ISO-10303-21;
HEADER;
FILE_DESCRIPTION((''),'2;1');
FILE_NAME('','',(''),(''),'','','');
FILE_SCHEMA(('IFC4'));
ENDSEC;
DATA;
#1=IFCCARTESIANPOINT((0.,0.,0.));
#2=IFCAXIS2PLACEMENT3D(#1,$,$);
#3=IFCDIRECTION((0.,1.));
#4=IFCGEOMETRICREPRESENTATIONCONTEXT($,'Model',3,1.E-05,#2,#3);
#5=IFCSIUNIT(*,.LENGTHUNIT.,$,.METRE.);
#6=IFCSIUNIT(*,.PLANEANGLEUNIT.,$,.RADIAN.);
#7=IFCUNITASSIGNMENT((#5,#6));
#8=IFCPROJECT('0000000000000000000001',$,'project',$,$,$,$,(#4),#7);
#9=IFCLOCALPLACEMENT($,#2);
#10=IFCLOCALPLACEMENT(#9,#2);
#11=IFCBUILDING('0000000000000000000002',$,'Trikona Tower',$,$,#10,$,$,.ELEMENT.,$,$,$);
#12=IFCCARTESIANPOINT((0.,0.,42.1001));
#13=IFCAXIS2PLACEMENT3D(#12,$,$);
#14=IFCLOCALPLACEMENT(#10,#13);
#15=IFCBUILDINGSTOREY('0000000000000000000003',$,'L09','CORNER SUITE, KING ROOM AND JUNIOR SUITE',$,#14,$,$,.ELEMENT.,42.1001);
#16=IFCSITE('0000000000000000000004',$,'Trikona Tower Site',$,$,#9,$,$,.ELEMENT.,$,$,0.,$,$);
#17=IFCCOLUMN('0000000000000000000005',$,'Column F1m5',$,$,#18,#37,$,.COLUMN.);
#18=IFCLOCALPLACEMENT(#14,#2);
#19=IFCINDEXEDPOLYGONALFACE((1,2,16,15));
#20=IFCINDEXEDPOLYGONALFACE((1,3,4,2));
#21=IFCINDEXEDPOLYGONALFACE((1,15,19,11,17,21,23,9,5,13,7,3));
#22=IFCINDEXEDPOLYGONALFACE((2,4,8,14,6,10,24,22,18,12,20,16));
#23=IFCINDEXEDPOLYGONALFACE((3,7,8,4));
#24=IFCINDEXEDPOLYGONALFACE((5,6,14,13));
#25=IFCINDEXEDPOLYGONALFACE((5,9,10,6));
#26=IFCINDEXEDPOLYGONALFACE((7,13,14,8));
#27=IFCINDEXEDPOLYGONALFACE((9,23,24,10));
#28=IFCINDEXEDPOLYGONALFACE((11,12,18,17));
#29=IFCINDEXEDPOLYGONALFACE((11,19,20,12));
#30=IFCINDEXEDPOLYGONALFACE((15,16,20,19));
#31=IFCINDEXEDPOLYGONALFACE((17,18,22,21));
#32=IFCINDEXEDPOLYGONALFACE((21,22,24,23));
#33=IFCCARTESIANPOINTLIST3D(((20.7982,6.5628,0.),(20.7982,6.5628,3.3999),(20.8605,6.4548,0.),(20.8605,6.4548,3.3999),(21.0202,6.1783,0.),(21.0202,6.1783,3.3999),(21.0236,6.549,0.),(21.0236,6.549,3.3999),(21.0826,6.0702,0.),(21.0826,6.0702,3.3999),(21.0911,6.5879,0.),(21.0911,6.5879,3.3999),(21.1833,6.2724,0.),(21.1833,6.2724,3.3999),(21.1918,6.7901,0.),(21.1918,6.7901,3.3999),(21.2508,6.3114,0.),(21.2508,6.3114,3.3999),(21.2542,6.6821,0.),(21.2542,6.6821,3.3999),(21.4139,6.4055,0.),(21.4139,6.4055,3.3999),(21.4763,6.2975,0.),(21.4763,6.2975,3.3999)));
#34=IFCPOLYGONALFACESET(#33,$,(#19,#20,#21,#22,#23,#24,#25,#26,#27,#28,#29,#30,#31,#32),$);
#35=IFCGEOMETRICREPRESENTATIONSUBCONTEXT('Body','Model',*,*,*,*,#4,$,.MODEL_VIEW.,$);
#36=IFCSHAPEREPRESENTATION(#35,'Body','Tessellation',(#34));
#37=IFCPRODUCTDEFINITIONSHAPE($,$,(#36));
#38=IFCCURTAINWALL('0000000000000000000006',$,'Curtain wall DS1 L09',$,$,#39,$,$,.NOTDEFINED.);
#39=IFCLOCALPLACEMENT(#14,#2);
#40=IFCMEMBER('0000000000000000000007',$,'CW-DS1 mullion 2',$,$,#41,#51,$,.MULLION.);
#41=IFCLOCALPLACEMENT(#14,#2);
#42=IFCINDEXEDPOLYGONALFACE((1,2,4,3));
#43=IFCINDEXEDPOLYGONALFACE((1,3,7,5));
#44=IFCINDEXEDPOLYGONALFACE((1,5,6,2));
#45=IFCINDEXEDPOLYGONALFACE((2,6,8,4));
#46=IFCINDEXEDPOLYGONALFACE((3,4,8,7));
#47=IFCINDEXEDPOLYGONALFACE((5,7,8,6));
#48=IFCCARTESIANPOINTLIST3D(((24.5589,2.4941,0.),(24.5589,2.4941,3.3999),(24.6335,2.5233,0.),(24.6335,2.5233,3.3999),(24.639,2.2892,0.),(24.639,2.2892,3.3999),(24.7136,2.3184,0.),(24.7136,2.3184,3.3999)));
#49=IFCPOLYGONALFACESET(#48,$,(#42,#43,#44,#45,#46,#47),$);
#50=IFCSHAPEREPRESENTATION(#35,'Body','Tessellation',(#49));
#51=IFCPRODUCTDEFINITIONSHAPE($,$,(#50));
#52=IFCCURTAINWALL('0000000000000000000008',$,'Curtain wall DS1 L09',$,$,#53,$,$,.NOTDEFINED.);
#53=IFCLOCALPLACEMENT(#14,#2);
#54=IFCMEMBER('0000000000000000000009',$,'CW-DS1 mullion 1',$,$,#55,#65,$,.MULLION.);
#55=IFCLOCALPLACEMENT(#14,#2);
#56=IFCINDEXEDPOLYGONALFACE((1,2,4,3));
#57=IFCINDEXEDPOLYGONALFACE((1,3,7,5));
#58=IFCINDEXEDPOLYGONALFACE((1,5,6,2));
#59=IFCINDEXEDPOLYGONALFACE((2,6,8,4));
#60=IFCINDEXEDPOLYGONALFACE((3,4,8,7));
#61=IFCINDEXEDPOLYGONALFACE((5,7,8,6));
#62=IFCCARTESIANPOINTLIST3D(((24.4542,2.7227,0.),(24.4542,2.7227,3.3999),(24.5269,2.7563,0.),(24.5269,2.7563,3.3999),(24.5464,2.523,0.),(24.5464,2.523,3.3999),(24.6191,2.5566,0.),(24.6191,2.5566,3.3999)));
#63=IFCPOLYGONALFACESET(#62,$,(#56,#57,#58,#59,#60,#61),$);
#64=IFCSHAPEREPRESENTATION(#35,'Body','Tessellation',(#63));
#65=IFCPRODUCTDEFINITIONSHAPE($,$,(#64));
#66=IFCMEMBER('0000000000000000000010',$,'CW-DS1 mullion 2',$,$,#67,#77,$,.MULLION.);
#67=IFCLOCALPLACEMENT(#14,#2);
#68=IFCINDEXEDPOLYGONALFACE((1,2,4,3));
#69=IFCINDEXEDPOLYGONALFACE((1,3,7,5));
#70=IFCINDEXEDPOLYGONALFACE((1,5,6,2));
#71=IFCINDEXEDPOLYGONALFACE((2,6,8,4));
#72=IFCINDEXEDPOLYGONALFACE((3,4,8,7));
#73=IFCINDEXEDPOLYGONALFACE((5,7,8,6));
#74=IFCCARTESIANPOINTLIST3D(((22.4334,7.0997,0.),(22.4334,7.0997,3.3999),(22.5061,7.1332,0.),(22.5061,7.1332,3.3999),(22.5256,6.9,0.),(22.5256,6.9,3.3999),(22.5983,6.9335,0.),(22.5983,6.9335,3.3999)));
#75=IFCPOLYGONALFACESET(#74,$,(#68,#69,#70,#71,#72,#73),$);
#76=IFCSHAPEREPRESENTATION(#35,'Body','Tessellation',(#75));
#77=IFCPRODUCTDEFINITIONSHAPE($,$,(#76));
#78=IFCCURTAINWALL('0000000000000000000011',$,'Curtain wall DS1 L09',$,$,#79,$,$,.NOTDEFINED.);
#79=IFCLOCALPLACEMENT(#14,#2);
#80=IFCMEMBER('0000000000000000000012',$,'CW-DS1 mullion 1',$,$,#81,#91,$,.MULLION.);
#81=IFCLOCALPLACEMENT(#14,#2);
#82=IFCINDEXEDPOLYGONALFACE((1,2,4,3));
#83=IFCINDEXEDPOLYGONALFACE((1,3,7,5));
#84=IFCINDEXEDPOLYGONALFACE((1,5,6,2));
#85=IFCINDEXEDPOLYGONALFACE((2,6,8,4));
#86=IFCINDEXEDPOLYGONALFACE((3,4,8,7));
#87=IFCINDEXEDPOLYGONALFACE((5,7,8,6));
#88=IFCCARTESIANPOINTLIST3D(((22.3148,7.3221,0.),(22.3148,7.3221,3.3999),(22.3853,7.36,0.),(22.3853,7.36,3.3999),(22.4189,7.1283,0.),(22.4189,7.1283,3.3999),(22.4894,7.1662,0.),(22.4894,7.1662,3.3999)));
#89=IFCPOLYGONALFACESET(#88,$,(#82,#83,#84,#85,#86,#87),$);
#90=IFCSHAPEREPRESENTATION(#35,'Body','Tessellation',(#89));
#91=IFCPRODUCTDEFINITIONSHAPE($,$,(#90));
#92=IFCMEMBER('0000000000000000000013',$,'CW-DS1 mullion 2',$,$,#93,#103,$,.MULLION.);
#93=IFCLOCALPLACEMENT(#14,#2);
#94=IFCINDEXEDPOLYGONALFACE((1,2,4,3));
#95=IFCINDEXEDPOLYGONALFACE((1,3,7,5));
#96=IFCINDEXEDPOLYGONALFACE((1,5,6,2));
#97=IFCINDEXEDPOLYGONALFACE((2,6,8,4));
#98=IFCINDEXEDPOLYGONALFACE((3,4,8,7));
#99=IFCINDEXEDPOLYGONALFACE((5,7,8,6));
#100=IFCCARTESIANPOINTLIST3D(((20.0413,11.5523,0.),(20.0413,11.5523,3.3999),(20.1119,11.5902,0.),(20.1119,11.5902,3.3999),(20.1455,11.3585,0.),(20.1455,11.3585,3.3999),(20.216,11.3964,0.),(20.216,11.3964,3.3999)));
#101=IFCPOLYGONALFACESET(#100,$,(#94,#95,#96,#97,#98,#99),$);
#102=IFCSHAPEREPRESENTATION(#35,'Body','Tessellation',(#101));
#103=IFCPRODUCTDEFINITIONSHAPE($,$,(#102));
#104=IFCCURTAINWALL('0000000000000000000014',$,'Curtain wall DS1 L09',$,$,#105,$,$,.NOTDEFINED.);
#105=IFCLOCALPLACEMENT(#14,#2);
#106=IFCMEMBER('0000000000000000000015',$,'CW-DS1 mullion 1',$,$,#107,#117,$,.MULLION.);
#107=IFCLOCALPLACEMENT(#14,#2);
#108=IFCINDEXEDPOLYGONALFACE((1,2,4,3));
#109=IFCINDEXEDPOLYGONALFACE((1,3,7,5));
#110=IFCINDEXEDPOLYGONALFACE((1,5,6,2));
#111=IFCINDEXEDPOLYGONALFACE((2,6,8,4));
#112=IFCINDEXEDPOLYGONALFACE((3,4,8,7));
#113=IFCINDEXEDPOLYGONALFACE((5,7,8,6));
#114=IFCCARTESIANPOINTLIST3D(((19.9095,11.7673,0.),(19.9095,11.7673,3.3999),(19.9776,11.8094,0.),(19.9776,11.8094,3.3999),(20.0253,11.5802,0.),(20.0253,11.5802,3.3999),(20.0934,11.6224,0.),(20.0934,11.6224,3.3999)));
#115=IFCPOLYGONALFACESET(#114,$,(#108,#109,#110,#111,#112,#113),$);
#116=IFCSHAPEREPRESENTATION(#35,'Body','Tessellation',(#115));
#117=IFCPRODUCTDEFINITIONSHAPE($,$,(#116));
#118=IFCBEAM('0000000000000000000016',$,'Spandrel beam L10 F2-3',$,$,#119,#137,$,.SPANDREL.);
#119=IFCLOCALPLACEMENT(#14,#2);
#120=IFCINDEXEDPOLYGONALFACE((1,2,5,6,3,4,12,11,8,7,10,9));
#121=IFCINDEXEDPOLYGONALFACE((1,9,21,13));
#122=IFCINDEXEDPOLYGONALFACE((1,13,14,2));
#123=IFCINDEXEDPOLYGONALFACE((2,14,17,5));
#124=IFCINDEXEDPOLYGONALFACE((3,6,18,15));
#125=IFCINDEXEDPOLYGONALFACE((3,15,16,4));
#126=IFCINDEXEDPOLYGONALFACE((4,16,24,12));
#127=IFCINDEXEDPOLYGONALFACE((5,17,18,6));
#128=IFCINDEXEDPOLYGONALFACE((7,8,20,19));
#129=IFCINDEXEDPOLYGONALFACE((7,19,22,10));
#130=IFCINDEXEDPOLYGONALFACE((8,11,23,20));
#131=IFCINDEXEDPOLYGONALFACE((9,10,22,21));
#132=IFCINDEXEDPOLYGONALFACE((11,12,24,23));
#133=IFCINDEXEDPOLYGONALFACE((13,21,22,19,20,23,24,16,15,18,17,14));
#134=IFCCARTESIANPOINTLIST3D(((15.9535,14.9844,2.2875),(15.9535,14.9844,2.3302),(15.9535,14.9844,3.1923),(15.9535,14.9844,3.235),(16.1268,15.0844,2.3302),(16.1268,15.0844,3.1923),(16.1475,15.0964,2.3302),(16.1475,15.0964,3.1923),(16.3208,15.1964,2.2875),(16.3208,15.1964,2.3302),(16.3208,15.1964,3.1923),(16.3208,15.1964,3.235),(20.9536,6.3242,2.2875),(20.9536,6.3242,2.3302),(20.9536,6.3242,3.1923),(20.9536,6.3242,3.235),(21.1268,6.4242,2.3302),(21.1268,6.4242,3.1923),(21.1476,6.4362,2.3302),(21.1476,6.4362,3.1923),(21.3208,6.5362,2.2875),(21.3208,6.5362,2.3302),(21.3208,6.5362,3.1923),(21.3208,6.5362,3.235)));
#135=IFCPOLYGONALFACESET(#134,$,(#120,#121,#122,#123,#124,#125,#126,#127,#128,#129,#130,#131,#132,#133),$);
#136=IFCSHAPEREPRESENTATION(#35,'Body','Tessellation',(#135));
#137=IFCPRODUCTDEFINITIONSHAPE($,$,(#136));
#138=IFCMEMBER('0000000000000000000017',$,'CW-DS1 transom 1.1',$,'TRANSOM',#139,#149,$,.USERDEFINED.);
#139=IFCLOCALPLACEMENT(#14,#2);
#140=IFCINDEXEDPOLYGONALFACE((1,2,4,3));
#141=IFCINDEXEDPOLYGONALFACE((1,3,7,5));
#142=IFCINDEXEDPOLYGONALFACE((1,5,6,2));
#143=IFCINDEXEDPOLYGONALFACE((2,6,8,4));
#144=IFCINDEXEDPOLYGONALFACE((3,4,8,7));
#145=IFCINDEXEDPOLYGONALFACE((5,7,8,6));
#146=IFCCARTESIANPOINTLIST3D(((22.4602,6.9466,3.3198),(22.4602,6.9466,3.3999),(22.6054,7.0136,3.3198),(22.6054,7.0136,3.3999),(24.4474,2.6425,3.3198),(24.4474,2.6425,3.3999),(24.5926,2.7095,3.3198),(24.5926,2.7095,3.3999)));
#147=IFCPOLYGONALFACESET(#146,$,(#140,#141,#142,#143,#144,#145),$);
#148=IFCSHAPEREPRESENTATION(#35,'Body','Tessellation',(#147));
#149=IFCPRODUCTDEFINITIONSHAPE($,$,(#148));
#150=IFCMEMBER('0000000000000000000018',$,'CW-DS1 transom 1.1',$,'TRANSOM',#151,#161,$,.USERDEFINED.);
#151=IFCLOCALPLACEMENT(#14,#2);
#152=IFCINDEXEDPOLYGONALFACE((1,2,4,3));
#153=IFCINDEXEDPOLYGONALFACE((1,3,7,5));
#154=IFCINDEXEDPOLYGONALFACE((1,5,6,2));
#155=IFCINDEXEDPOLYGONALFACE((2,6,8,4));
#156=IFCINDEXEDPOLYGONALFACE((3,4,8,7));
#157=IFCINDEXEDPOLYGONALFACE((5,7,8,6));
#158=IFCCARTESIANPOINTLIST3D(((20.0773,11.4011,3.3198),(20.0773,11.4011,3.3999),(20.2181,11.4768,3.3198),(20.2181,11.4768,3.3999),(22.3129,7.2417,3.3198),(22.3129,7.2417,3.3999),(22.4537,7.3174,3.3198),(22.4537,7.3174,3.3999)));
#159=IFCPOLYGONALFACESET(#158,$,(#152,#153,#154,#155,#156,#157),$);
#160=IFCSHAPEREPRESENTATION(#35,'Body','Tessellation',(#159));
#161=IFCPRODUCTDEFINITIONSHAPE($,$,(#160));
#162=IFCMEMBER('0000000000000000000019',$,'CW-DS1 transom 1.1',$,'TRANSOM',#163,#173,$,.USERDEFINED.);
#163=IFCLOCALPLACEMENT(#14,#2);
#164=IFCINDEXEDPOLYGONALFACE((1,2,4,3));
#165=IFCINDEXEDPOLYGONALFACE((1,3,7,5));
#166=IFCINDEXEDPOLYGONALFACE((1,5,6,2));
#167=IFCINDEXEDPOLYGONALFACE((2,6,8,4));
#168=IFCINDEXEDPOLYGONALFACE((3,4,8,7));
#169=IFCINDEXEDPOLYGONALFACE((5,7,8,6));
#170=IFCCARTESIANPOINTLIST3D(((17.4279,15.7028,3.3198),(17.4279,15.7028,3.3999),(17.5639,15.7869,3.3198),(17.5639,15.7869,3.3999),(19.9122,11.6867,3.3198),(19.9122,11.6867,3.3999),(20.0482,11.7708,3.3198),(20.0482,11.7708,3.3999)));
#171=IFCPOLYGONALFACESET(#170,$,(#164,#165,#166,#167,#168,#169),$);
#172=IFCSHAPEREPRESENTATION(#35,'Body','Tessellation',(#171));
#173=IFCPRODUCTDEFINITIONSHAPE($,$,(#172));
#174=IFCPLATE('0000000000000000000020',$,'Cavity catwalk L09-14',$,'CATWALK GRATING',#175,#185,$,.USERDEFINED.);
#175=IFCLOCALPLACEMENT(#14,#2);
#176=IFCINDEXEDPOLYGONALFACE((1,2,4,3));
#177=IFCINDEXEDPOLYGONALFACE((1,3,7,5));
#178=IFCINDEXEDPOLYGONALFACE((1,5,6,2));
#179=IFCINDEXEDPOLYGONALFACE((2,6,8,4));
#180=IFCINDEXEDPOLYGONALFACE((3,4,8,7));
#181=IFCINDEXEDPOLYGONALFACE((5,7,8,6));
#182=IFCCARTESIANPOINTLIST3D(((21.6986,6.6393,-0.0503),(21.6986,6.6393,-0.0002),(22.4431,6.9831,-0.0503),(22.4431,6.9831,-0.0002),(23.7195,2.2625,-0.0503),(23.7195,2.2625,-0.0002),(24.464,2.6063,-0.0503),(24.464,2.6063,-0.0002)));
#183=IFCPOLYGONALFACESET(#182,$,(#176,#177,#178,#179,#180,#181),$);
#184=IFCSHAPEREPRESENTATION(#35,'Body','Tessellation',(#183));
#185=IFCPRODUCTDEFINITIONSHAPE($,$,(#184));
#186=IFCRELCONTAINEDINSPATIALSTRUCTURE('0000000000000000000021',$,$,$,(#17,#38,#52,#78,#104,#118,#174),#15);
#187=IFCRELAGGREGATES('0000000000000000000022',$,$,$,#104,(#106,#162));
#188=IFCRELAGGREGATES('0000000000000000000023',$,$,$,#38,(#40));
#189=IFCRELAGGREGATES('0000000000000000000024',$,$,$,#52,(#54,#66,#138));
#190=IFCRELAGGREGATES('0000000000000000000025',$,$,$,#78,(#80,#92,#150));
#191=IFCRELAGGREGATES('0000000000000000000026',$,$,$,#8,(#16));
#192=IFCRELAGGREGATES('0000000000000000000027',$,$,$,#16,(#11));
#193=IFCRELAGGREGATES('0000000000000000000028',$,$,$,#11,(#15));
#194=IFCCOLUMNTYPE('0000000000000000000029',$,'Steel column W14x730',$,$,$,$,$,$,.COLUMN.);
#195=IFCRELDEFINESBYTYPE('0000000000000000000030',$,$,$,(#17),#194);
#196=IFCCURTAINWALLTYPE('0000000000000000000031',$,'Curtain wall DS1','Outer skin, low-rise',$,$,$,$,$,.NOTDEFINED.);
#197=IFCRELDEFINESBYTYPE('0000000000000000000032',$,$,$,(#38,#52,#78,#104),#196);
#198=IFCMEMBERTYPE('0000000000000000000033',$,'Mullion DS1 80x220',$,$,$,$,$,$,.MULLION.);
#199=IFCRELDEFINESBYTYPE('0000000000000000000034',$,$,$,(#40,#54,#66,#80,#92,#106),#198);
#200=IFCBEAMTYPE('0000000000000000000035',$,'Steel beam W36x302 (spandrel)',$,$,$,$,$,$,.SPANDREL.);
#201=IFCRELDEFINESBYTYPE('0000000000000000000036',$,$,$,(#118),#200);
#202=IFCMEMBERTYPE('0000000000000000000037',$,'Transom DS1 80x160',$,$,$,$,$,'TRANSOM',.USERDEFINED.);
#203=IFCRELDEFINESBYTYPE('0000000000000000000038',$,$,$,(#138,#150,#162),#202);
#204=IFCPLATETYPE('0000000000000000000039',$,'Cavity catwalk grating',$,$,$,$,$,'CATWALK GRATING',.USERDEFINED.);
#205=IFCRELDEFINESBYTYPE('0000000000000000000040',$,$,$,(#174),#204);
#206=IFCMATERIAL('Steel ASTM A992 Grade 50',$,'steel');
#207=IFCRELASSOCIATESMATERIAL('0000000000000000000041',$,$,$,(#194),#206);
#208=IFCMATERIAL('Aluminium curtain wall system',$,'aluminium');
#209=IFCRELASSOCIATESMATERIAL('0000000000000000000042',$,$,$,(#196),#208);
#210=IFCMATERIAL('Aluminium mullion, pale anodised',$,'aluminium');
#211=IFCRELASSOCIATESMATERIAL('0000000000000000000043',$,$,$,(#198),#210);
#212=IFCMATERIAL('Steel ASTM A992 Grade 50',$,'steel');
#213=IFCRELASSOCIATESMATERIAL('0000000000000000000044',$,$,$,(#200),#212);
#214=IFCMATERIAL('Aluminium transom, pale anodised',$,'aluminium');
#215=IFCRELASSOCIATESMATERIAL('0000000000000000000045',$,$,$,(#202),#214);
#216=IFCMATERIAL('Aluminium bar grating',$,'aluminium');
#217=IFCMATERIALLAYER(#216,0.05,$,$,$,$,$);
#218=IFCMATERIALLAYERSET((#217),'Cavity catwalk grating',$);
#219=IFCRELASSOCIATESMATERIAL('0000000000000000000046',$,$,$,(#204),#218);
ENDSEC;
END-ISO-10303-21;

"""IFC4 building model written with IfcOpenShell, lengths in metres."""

from ifc_helpers import new_model, si_unit, direction, frame, origin, origin_2d, place, context, subcontext, project, spatial, rectangle, i_section, extrude, material, layer, layer_set, material_profile, profile_set, type_object, element, aggregate, save


model = new_model("IFC4")

# Units and contexts
model_context = context("Model", 3, precision=1e-05, world=origin(), true_north=direction((0.0, 1.0)))
body_context = subcontext(model_context, "Body", "Model", "MODEL_VIEW")
ifc_project = project(units=[si_unit("LENGTHUNIT", "METRE"), si_unit("PLANEANGLEUNIT", "RADIAN")], contexts=[model_context])

# Site, building, storey
site_placement = place(None, origin())
site = spatial("IfcSite", under=ifc_project, at=site_placement, Name="Trikona Tower Site", CompositionType="ELEMENT", RefElevation=0.0)
building_placement = place(site_placement, origin())
building = spatial("IfcBuilding", under=site, at=building_placement, Name="Trikona Tower", CompositionType="ELEMENT")
storey_placement = place(building_placement, frame((0.0, 0.0, 42.1001)))
storey = spatial("IfcBuildingStorey", under=building, at=storey_placement, Name="L09", Description="CORNER SUITE, KING ROOM AND JUNIOR SUITE", CompositionType="ELEMENT", Elevation=42.1001)

# Column
ifc_material_1 = material(Name="Steel ASTM A992 Grade 50", Category="steel")
ifc_material_profile_1 = material_profile(ifc_material_1, i_section(OverallWidth=0.4546, OverallDepth=0.5688, WebThickness=0.0779, FlangeThickness=0.1248, at=origin_2d()), Name="W14X730")
ifc_profile_set_1 = profile_set([ifc_material_profile_1], Name="Steel ASTM A992 Grade 50")
column_type = type_object("IfcColumnType", Name="Steel column W14x730", PredefinedType="COLUMN", material=ifc_profile_set_1)
column_placement = place(storey_placement, frame((21.1372, 6.4302, 0.0), z_axis=(0.0, 0.0, 1.0), x_axis=(0.866025, 0.5, 0.0)))
element("IfcColumn", 1, at=column_placement, inside=storey, type_object=column_type, Name="Column F1m5", PredefinedType="COLUMN", context=body_context, shape_type="SweptSolid", body=[
    extrude(i_section(OverallWidth=0.4546, OverallDepth=0.5688, WebThickness=0.0779, FlangeThickness=0.1248, at=origin_2d()), origin(), (0.0, 0.0, 1.0), 3.3999),
])

# Curtain wall, member
ifc_material_2 = material(Name="Aluminium curtain wall system", Category="aluminium")
curtain_wall_type = type_object("IfcCurtainWallType", Name="Curtain wall DS1", Description="Outer skin, low-rise", PredefinedType="NOTDEFINED", material=ifc_material_2)
curtain_wall_1_placement = place(storey_placement, origin())
curtain_wall_1 = element("IfcCurtainWall", 2, at=curtain_wall_1_placement, inside=storey, type_object=curtain_wall_type, Name="Curtain wall DS1 L09", PredefinedType="NOTDEFINED")
ifc_material_3 = material(Name="Aluminium mullion, pale anodised", Category="aluminium")
ifc_material_profile_2 = material_profile(ifc_material_3, rectangle(XDim=0.0801, YDim=0.22, at=origin_2d()), Name="MUL-DS1")
ifc_profile_set_2 = profile_set([ifc_material_profile_2], Name="Aluminium mullion, pale anodised")
member_type_1 = type_object("IfcMemberType", Name="Mullion DS1 80x220", PredefinedType="MULLION", material=ifc_profile_set_2)
member_1_placement = place(storey_placement, frame((24.6362, 2.4062, 0.0), z_axis=(0.0, 0.0, 1.0), x_axis=(-0.931396, -0.364008, 0.0)))
member_1 = element("IfcMember", 3, at=member_1_placement, type_object=member_type_1, Name="CW-DS1 mullion 2", PredefinedType="MULLION", context=body_context, shape_type="SweptSolid", body=[
    extrude(rectangle(XDim=0.0801, YDim=0.22, at=origin_2d()), origin(), (0.0, 0.0, 1.0), 3.3999),
])

# Curtain walls, members
curtain_wall_2_placement = place(storey_placement, origin())
curtain_wall_2 = element("IfcCurtainWall", 4, at=curtain_wall_2_placement, inside=storey, type_object=curtain_wall_type, Name="Curtain wall DS1 L09", PredefinedType="NOTDEFINED")
member_2_placement = place(storey_placement, frame((24.5366, 2.6396, 0.0), z_axis=(0.0, 0.0, 1.0), x_axis=(-0.907898, -0.41919, 0.0)))
member_2 = element("IfcMember", 5, at=member_2_placement, type_object=member_type_1, Name="CW-DS1 mullion 1", PredefinedType="MULLION", context=body_context, shape_type="SweptSolid", body=[
    extrude(rectangle(XDim=0.0801, YDim=0.22, at=origin_2d()), origin(), (0.0, 0.0, 1.0), 3.3999),
])
member_3_placement = place(storey_placement, frame((22.5159, 7.0166, 0.0), z_axis=(0.0, 0.0, 1.0), x_axis=(-0.907898, -0.41919, 0.0)))
member_3 = element("IfcMember", 6, at=member_3_placement, type_object=member_type_1, Name="CW-DS1 mullion 2", PredefinedType="MULLION", context=body_context, shape_type="SweptSolid", body=[
    extrude(rectangle(XDim=0.0801, YDim=0.22, at=origin_2d()), origin(), (0.0, 0.0, 1.0), 3.3999),
])
curtain_wall_3_placement = place(storey_placement, origin())
curtain_wall_3 = element("IfcCurtainWall", 7, at=curtain_wall_3_placement, inside=storey, type_object=curtain_wall_type, Name="Curtain wall DS1 L09", PredefinedType="NOTDEFINED")
member_4_placement = place(storey_placement, frame((22.4021, 7.2441, 0.0), z_axis=(0.0, 0.0, 1.0), x_axis=(-0.880843, -0.473408, 0.0)))
member_4 = element("IfcMember", 8, at=member_4_placement, type_object=member_type_1, Name="CW-DS1 mullion 1", PredefinedType="MULLION", context=body_context, shape_type="SweptSolid", body=[
    extrude(rectangle(XDim=0.0801, YDim=0.22, at=origin_2d()), origin(), (0.0, 0.0, 1.0), 3.3999),
])
member_5_placement = place(storey_placement, frame((20.1287, 11.4744, 0.0), z_axis=(0.0, 0.0, 1.0), x_axis=(-0.880843, -0.473408, 0.0)))
member_5 = element("IfcMember", 9, at=member_5_placement, type_object=member_type_1, Name="CW-DS1 mullion 2", PredefinedType="MULLION", context=body_context, shape_type="SweptSolid", body=[
    extrude(rectangle(XDim=0.0801, YDim=0.22, at=origin_2d()), origin(), (0.0, 0.0, 1.0), 3.3999),
])

# Curtain wall, member
curtain_wall_4_placement = place(storey_placement, origin())
curtain_wall_4 = element("IfcCurtainWall", 10, at=curtain_wall_4_placement, inside=storey, type_object=curtain_wall_type, Name="Curtain wall DS1 L09", PredefinedType="NOTDEFINED")
member_6_placement = place(storey_placement, frame((20.0015, 11.6948, 0.0), z_axis=(0.0, 0.0, 1.0), x_axis=(-0.85041, -0.52612, 0.0)))
member_6 = element("IfcMember", 11, at=member_6_placement, type_object=member_type_1, Name="CW-DS1 mullion 1", PredefinedType="MULLION", context=body_context, shape_type="SweptSolid", body=[
    extrude(rectangle(XDim=0.0801, YDim=0.22, at=origin_2d()), origin(), (0.0, 0.0, 1.0), 3.3999),
])

# Beam
ifc_material_4 = material(Name="Steel ASTM A992 Grade 50", Category="steel")
ifc_material_profile_3 = material_profile(ifc_material_4, i_section(OverallWidth=0.4241, OverallDepth=0.9475, WebThickness=0.0239, FlangeThickness=0.0427, at=origin_2d()), Name="W36X302")
ifc_profile_set_3 = profile_set([ifc_material_profile_3], Name="Steel ASTM A992 Grade 50")
beam_type = type_object("IfcBeamType", Name="Steel beam W36x302 (spandrel)", PredefinedType="SPANDREL", material=ifc_profile_set_3)
beam_placement = place(storey_placement, frame((21.1372, 6.4302, 2.7612), z_axis=(-0.500004, 0.866023, 0.0), x_axis=(-0.866023, -0.500004, 0.0)))
element("IfcBeam", 12, at=beam_placement, inside=storey, type_object=beam_type, Name="Spandrel beam L10 F2-3", PredefinedType="SPANDREL", context=body_context, shape_type="SweptSolid", body=[
    extrude(i_section(OverallWidth=0.4241, OverallDepth=0.9475, WebThickness=0.0239, FlangeThickness=0.0427, at=origin_2d()), origin(), (0.0, 0.0, 1.0), 10.0),
])

# Members
ifc_material_5 = material(Name="Aluminium transom, pale anodised", Category="aluminium")
ifc_material_profile_4 = material_profile(ifc_material_5, rectangle(XDim=0.1599, YDim=0.0801, at=origin_2d()), Name="TRN-DS1")
ifc_profile_set_4 = profile_set([ifc_material_profile_4], Name="Aluminium transom, pale anodised")
member_type_2 = type_object("IfcMemberType", Name="Transom DS1 80x160", ElementType="TRANSOM", PredefinedType="USERDEFINED", material=ifc_profile_set_4)
member_7_placement = place(storey_placement, frame((24.52, 2.676, 3.3599), z_axis=(-0.419189, 0.907899, 0.0), x_axis=(-0.907899, -0.419189, 0.0)))
member_7 = element("IfcMember", 13, at=member_7_placement, type_object=member_type_2, Name="CW-DS1 transom 1.1", ObjectType="TRANSOM", PredefinedType="USERDEFINED", context=body_context, shape_type="SweptSolid", body=[
    extrude(rectangle(XDim=0.1599, YDim=0.0801, at=origin_2d()), origin(), (0.0, 0.0, 1.0), 4.7407),
])
member_8_placement = place(storey_placement, frame((22.3833, 7.2795, 3.3599), z_axis=(-0.473428, 0.880833, 0.0), x_axis=(-0.880833, -0.473428, 0.0)))
member_8 = element("IfcMember", 14, at=member_8_placement, type_object=member_type_2, Name="CW-DS1 transom 1.1", ObjectType="TRANSOM", PredefinedType="USERDEFINED", context=body_context, shape_type="SweptSolid", body=[
    extrude(rectangle(XDim=0.1599, YDim=0.0801, at=origin_2d()), origin(), (0.0, 0.0, 1.0), 4.7222),
])
member_9_placement = place(storey_placement, frame((19.9802, 11.7288, 3.3599), z_axis=(-0.526081, 0.850435, 0.0), x_axis=(-0.850435, -0.526081, 0.0)))
member_9 = element("IfcMember", 15, at=member_9_placement, type_object=member_type_2, Name="CW-DS1 transom 1.1", ObjectType="TRANSOM", PredefinedType="USERDEFINED", context=body_context, shape_type="SweptSolid", body=[
    extrude(rectangle(XDim=0.1599, YDim=0.0801, at=origin_2d()), origin(), (0.0, 0.0, 1.0), 4.7224),
])
aggregate(curtain_wall_4, [member_6, member_9])

# Plate
ifc_material_6 = material(Name="Aluminium bar grating", Category="aluminium")
ifc_layer_1 = layer(ifc_material_6, 0.05)
ifc_layer_set_1 = layer_set([ifc_layer_1], Name="Cavity catwalk grating")
plate_type_1 = type_object("IfcPlateType", Name="Cavity catwalk grating", ElementType="CATWALK GRATING", PredefinedType="USERDEFINED", material=ifc_layer_set_1)
plate_1_placement = place(storey_placement, frame((23.0813, 4.6228, -0.0503), z_axis=(0.0, 0.0, 1.0), x_axis=(-0.419194, 0.907897, 0.0)))
element("IfcPlate", 16, at=plate_1_placement, inside=storey, type_object=plate_type_1, Name="Cavity catwalk L09-14", ObjectType="CATWALK GRATING", PredefinedType="USERDEFINED", context=body_context, shape_type="SweptSolid", body=[
    extrude(rectangle(XDim=4.8208, YDim=0.8201, at=origin_2d()), origin(), (0.0, 0.0, 1.0), 0.05),
])

aggregate(curtain_wall_1, [member_1])
aggregate(curtain_wall_2, [member_2, member_3, member_7])
aggregate(curtain_wall_3, [member_4, member_5, member_8])

save(model, "model.ifc")
